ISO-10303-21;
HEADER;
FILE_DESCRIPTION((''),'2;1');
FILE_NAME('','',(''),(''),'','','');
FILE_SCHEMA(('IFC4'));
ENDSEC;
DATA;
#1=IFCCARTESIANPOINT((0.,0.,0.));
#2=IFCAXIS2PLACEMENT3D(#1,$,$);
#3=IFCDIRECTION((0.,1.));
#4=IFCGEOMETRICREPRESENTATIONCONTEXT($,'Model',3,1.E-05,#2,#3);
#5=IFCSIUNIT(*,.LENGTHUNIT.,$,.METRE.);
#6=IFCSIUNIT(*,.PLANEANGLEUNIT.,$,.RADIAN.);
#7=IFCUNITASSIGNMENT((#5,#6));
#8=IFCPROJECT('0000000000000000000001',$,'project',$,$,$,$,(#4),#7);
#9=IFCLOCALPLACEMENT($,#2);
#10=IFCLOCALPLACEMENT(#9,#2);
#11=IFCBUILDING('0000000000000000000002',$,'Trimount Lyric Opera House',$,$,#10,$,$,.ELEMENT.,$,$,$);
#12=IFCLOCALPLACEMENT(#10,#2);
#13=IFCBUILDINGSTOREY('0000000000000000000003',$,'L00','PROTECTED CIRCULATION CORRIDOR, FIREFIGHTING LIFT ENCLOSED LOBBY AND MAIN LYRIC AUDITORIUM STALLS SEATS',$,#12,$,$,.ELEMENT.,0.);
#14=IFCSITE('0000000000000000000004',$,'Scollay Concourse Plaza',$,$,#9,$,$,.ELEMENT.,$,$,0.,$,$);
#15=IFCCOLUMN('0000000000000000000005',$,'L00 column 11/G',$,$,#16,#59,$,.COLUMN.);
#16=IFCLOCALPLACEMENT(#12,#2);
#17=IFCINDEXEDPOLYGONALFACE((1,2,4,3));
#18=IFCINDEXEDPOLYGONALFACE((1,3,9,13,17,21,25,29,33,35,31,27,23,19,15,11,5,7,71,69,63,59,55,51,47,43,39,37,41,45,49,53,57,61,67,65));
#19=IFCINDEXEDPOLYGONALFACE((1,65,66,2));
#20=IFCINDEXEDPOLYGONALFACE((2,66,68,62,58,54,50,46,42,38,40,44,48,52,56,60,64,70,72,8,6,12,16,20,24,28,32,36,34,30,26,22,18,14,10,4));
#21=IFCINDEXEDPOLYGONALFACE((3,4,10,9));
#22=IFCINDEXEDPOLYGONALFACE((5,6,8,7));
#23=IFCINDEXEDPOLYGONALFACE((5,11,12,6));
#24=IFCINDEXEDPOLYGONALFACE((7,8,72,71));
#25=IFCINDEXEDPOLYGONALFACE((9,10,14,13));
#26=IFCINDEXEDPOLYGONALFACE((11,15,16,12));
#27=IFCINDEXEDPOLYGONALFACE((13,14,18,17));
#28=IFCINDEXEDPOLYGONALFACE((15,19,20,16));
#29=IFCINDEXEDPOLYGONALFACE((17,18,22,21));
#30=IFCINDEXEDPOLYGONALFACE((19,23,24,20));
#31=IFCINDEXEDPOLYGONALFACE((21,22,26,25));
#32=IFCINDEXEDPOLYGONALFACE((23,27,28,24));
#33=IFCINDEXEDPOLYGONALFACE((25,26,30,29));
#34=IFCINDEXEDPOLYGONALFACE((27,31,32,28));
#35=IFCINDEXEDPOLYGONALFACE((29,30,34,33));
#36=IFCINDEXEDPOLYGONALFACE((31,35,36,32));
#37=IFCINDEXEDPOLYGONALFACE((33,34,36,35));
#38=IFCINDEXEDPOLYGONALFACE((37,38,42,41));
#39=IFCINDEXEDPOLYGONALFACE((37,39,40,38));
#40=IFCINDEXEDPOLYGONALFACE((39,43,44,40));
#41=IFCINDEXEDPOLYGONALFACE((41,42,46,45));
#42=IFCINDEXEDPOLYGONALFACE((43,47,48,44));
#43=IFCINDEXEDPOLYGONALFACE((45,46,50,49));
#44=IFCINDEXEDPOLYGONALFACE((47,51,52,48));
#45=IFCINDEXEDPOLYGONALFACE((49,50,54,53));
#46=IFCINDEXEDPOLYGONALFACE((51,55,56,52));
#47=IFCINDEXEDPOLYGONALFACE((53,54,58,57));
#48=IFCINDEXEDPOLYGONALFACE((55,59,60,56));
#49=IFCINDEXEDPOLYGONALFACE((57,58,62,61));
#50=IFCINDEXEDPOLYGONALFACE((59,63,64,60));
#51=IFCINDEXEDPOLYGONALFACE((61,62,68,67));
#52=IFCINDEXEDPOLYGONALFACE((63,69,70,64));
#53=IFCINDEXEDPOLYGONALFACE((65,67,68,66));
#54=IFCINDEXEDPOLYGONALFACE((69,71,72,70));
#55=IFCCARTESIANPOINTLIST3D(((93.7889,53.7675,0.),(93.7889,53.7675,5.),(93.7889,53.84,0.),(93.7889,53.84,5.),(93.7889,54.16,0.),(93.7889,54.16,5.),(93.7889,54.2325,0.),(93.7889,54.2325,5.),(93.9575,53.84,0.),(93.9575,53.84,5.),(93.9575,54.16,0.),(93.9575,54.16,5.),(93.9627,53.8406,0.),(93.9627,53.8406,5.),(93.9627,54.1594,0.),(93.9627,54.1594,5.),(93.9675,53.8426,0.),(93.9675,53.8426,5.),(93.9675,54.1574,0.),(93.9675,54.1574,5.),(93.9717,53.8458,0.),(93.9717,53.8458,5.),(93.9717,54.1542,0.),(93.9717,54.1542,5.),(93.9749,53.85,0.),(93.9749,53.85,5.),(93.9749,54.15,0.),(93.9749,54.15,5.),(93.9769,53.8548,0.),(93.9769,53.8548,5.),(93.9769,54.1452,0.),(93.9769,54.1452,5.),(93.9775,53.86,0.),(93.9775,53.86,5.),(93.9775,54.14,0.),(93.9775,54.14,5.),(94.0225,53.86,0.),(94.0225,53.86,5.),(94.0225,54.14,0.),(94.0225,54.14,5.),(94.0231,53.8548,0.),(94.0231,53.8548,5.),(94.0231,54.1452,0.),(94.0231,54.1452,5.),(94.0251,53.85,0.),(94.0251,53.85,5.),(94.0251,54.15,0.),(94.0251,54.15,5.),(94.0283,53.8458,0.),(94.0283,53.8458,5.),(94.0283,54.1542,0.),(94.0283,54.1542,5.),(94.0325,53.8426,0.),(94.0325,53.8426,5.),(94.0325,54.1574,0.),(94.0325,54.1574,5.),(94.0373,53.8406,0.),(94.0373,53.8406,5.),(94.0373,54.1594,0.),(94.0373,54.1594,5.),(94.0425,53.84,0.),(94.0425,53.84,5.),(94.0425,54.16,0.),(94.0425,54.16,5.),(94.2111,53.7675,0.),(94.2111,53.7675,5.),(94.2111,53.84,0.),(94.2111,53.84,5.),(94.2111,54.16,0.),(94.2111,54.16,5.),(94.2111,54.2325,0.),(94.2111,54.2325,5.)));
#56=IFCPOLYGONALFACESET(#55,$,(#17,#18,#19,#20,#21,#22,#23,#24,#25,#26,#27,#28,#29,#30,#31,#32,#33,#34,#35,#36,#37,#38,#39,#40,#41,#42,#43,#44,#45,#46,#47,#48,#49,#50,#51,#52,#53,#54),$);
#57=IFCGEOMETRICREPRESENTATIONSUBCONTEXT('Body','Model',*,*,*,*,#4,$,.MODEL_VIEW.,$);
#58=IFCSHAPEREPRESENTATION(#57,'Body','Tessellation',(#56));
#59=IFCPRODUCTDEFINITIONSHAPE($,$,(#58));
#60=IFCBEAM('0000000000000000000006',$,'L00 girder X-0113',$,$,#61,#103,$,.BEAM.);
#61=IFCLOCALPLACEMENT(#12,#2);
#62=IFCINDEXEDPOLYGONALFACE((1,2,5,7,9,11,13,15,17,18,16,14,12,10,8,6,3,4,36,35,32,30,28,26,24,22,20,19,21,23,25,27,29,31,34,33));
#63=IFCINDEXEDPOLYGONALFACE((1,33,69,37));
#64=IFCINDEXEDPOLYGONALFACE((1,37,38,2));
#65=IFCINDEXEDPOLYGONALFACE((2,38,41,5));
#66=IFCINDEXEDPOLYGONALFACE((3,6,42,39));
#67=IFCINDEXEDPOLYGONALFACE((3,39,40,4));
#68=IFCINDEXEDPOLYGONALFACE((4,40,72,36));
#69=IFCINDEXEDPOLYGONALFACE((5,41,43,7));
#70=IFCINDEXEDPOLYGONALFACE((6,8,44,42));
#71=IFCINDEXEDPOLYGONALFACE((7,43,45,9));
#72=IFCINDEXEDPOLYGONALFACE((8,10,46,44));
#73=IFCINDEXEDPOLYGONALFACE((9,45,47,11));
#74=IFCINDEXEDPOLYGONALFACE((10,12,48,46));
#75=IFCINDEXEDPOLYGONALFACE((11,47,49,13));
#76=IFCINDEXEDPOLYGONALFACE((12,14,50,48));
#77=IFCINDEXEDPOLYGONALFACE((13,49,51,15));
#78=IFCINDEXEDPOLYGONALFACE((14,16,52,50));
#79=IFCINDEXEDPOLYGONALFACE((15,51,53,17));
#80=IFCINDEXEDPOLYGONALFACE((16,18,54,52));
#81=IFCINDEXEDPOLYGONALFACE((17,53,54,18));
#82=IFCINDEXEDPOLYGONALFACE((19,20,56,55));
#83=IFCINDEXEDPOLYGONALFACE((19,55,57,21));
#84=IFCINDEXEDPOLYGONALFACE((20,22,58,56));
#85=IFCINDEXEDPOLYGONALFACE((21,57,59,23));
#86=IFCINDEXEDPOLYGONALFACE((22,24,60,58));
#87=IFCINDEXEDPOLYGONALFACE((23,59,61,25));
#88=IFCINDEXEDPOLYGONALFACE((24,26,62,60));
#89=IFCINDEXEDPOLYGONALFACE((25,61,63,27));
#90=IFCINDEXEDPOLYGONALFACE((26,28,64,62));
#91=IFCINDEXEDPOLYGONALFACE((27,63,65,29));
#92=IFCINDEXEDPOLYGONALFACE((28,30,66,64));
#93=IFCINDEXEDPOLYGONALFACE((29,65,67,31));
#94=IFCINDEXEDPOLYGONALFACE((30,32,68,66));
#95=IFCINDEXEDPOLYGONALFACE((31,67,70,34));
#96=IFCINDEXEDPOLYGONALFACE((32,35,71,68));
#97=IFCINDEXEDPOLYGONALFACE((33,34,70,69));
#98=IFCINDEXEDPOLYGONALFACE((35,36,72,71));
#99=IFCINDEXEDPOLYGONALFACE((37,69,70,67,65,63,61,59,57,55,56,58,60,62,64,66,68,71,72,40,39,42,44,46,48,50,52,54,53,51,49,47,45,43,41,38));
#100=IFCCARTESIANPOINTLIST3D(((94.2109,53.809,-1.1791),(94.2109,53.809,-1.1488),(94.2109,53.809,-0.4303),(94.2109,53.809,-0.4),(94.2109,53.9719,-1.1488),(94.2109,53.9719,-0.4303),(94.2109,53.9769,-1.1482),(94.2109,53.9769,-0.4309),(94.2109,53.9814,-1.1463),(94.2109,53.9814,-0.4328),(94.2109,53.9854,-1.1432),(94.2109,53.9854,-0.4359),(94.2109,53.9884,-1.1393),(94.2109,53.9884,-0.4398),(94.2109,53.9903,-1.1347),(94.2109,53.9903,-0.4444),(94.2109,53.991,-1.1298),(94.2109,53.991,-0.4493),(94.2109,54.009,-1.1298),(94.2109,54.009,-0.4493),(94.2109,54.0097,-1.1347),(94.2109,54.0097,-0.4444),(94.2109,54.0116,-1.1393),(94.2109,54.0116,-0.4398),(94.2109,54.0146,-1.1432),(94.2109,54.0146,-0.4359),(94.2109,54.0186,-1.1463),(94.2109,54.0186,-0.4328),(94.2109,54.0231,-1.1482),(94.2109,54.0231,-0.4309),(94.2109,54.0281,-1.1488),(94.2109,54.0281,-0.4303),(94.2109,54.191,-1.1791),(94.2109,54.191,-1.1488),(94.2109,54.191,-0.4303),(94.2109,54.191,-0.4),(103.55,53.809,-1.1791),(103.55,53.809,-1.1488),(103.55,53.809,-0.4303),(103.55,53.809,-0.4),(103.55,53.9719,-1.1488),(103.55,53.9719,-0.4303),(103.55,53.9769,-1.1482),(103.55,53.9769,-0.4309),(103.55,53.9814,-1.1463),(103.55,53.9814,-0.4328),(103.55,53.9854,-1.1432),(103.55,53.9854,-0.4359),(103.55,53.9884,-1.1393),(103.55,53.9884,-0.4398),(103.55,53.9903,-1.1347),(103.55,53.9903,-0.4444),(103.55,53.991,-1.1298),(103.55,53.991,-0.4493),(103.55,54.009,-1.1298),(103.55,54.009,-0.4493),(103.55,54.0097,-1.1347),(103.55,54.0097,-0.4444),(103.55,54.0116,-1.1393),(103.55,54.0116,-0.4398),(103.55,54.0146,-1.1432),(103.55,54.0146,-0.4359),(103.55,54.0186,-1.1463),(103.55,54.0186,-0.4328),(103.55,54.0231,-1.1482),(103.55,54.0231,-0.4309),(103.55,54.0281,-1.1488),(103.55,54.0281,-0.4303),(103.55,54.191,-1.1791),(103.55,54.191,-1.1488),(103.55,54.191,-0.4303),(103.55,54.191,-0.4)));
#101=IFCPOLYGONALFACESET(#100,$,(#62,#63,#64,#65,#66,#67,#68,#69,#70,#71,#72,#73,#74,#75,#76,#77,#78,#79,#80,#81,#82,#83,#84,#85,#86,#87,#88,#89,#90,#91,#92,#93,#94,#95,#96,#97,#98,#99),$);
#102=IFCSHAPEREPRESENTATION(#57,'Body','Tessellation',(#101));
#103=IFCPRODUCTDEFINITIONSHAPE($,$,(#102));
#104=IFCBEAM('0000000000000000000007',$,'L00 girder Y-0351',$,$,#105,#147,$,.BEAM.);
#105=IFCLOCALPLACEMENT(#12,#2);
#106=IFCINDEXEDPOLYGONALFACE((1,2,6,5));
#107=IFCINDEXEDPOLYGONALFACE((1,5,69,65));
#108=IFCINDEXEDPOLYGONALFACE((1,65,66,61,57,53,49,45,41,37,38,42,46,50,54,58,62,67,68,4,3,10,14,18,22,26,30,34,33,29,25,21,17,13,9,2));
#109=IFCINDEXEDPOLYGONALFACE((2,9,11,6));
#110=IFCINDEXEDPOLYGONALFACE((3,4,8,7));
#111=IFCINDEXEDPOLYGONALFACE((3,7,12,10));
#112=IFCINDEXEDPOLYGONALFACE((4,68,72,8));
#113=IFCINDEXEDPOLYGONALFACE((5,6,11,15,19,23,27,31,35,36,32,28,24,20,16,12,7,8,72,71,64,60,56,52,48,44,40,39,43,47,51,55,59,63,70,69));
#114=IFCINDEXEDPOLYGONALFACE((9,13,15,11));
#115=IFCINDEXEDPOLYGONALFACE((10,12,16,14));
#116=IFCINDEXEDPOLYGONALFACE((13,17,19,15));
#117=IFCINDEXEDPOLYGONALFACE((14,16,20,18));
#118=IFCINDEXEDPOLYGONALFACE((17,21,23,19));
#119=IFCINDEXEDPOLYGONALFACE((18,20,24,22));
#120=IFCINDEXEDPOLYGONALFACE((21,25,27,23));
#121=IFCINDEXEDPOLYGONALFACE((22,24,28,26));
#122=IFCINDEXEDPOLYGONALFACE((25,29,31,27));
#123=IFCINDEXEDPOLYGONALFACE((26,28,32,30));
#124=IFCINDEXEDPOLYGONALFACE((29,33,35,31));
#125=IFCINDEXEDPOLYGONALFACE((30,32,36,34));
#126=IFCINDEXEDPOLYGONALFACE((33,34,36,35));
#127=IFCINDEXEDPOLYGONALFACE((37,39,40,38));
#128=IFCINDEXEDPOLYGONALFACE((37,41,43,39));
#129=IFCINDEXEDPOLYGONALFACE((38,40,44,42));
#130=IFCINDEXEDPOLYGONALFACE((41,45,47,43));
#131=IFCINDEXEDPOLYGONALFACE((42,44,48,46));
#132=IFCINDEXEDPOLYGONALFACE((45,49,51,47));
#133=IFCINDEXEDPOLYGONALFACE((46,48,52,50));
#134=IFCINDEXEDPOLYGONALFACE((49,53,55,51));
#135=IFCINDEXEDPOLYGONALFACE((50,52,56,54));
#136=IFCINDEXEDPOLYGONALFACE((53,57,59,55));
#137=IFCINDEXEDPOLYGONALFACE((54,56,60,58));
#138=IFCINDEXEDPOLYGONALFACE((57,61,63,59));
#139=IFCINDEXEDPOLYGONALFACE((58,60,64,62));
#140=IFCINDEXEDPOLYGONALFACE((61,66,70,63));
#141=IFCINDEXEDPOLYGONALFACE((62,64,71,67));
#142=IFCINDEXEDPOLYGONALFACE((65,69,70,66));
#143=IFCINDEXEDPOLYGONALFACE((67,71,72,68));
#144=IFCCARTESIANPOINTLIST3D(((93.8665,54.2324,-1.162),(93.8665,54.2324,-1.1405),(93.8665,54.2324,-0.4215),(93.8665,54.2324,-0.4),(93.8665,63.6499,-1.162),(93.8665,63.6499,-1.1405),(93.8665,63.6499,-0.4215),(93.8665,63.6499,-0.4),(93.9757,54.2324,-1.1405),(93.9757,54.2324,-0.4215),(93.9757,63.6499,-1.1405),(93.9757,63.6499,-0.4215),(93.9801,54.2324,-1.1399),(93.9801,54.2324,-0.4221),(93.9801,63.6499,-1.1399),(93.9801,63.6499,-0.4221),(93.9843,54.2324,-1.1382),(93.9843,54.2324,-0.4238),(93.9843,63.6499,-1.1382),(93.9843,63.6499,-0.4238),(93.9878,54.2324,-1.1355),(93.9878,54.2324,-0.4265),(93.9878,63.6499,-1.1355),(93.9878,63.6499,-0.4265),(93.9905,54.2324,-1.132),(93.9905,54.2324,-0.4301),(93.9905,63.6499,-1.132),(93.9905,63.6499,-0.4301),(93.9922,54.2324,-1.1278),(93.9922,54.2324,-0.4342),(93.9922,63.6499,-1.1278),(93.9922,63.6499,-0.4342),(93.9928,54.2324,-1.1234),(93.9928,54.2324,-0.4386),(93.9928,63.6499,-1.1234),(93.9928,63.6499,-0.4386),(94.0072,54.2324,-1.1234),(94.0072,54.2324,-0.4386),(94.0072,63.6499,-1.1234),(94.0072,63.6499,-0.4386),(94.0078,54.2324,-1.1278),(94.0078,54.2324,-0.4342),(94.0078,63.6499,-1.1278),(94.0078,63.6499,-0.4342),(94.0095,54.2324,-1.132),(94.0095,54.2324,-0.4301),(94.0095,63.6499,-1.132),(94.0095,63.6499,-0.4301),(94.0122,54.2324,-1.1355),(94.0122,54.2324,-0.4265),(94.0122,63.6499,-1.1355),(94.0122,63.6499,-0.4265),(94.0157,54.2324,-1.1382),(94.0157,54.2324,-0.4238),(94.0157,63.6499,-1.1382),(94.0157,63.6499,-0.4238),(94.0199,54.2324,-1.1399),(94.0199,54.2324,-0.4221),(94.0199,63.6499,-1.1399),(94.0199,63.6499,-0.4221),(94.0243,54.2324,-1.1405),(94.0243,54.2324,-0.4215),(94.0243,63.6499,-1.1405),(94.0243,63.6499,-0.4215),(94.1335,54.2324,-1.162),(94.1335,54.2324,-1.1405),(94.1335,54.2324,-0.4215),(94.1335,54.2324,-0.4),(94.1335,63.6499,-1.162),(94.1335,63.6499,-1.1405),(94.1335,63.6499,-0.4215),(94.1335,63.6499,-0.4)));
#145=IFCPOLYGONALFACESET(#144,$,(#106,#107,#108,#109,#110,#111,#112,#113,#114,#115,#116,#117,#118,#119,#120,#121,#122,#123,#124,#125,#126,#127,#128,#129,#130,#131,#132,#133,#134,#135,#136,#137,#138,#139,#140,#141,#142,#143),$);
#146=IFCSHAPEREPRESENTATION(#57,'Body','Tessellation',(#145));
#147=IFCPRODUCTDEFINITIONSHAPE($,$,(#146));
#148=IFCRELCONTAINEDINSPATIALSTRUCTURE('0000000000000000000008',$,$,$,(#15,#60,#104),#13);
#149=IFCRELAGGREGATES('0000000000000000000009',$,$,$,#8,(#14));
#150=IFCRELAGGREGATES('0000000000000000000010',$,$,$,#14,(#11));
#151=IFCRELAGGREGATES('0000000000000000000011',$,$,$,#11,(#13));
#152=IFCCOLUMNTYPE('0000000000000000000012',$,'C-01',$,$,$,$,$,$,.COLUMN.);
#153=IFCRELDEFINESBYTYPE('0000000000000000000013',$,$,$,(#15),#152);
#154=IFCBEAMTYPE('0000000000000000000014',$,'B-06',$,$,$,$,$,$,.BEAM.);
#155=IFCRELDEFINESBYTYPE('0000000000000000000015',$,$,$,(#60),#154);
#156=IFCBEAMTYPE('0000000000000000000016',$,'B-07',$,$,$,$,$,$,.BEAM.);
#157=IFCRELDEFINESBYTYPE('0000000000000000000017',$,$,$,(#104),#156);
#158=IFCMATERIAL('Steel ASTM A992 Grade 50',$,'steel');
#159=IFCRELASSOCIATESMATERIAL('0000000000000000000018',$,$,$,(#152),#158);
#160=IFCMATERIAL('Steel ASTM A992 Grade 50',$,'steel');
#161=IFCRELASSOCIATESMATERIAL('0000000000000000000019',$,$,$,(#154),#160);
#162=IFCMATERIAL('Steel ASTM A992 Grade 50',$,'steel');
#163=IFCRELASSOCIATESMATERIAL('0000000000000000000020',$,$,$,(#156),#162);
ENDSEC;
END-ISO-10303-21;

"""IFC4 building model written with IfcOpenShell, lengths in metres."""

from ifc_helpers import new_model, si_unit, direction, frame, origin, origin_2d, place, context, subcontext, project, spatial, i_section, extrude, material, material_profile, profile_set, type_object, element, save


model = new_model("IFC4")

# Units and contexts
model_context = context("Model", 3, precision=1e-05, world=origin(), true_north=direction((0.0, 1.0)))
body_context = subcontext(model_context, "Body", "Model", "MODEL_VIEW")
ifc_project = project(units=[si_unit("LENGTHUNIT", "METRE"), si_unit("PLANEANGLEUNIT", "RADIAN")], contexts=[model_context])

# Site, building, storey
site_placement = place(None, origin())
site = spatial("IfcSite", under=ifc_project, at=site_placement, Name="Scollay Concourse Plaza", CompositionType="ELEMENT", RefElevation=0.0)
building_placement = place(site_placement, origin())
building = spatial("IfcBuilding", under=site, at=building_placement, Name="Trimount Lyric Opera House", CompositionType="ELEMENT")
storey_placement = place(building_placement, origin())
storey = spatial("IfcBuildingStorey", under=building, at=storey_placement, Name="L00", Description="PROTECTED CIRCULATION CORRIDOR, FIREFIGHTING LIFT ENCLOSED LOBBY AND MAIN LYRIC AUDITORIUM STALLS SEATS", CompositionType="ELEMENT", Elevation=0.0)

# Column
ifc_material_1 = material(Name="Steel ASTM A992 Grade 50", Category="steel")
ifc_material_profile_1 = material_profile(ifc_material_1, i_section(OverallWidth=0.4221, OverallDepth=0.4651, WebThickness=0.0449, FlangeThickness=0.0725, FilletRadius=0.02, at=origin_2d()), Name="W14X398")
ifc_profile_set_1 = profile_set([ifc_material_profile_1], Name="Steel ASTM A992 Grade 50")
column_type = type_object("IfcColumnType", Name="C-01", PredefinedType="COLUMN", material=ifc_profile_set_1)
column_placement = place(storey_placement, frame((94.0, 54.0, 0.0), z_axis=(0.0, 0.0, 1.0), x_axis=(1.0, 0.0, 0.0)))
element("IfcColumn", 1, at=column_placement, inside=storey, type_object=column_type, Name="L00 column 11/G", PredefinedType="COLUMN", context=body_context, shape_type="SweptSolid", body=[
    extrude(i_section(OverallWidth=0.4221, OverallDepth=0.4651, WebThickness=0.0449, FlangeThickness=0.0725, FilletRadius=0.02, at=origin_2d()), origin(), (0.0, 0.0, 1.0), 5.0),
])

# Beams
ifc_material_2 = material(Name="Steel ASTM A992 Grade 50", Category="steel")
ifc_material_profile_2 = material_profile(ifc_material_2, i_section(OverallWidth=0.3821, OverallDepth=0.7791, WebThickness=0.0181, FlangeThickness=0.0303, FilletRadius=0.019, at=origin_2d()), Name="W30X191")
ifc_profile_set_2 = profile_set([ifc_material_profile_2], Name="Steel ASTM A992 Grade 50")
beam_type_1 = type_object("IfcBeamType", Name="B-06", PredefinedType="BEAM", material=ifc_profile_set_2)
beam_1_placement = place(storey_placement, frame((94.2109, 54.0, -0.7896), z_axis=(1.0, 0.0, 0.0), x_axis=(0.0, 1.0, 0.0)))
element("IfcBeam", 2, at=beam_1_placement, inside=storey, type_object=beam_type_1, Name="L00 girder X-0113", PredefinedType="BEAM", context=body_context, shape_type="SweptSolid", body=[
    extrude(i_section(OverallWidth=0.3821, OverallDepth=0.7791, WebThickness=0.0181, FlangeThickness=0.0303, FilletRadius=0.019, at=origin_2d()), origin(), (0.0, 0.0, 1.0), 9.3391),
])
ifc_material_3 = material(Name="Steel ASTM A992 Grade 50", Category="steel")
ifc_material_profile_3 = material_profile(ifc_material_3, i_section(OverallWidth=0.2671, OverallDepth=0.762, WebThickness=0.0144, FlangeThickness=0.0215, FilletRadius=0.0171, at=origin_2d()), Name="W30X116")
ifc_profile_set_3 = profile_set([ifc_material_profile_3], Name="Steel ASTM A992 Grade 50")
beam_type_2 = type_object("IfcBeamType", Name="B-07", PredefinedType="BEAM", material=ifc_profile_set_3)
beam_2_placement = place(storey_placement, frame((94.0, 54.2324, -0.781), z_axis=(0.0, 1.0, 0.0), x_axis=(-1.0, 0.0, 0.0)))
element("IfcBeam", 3, at=beam_2_placement, inside=storey, type_object=beam_type_2, Name="L00 girder Y-0351", PredefinedType="BEAM", context=body_context, shape_type="SweptSolid", body=[
    extrude(i_section(OverallWidth=0.2671, OverallDepth=0.762, WebThickness=0.0144, FlangeThickness=0.0215, FilletRadius=0.0171, at=origin_2d()), origin(), (0.0, 0.0, 1.0), 9.4175),
])

save(model, "model.ifc")
